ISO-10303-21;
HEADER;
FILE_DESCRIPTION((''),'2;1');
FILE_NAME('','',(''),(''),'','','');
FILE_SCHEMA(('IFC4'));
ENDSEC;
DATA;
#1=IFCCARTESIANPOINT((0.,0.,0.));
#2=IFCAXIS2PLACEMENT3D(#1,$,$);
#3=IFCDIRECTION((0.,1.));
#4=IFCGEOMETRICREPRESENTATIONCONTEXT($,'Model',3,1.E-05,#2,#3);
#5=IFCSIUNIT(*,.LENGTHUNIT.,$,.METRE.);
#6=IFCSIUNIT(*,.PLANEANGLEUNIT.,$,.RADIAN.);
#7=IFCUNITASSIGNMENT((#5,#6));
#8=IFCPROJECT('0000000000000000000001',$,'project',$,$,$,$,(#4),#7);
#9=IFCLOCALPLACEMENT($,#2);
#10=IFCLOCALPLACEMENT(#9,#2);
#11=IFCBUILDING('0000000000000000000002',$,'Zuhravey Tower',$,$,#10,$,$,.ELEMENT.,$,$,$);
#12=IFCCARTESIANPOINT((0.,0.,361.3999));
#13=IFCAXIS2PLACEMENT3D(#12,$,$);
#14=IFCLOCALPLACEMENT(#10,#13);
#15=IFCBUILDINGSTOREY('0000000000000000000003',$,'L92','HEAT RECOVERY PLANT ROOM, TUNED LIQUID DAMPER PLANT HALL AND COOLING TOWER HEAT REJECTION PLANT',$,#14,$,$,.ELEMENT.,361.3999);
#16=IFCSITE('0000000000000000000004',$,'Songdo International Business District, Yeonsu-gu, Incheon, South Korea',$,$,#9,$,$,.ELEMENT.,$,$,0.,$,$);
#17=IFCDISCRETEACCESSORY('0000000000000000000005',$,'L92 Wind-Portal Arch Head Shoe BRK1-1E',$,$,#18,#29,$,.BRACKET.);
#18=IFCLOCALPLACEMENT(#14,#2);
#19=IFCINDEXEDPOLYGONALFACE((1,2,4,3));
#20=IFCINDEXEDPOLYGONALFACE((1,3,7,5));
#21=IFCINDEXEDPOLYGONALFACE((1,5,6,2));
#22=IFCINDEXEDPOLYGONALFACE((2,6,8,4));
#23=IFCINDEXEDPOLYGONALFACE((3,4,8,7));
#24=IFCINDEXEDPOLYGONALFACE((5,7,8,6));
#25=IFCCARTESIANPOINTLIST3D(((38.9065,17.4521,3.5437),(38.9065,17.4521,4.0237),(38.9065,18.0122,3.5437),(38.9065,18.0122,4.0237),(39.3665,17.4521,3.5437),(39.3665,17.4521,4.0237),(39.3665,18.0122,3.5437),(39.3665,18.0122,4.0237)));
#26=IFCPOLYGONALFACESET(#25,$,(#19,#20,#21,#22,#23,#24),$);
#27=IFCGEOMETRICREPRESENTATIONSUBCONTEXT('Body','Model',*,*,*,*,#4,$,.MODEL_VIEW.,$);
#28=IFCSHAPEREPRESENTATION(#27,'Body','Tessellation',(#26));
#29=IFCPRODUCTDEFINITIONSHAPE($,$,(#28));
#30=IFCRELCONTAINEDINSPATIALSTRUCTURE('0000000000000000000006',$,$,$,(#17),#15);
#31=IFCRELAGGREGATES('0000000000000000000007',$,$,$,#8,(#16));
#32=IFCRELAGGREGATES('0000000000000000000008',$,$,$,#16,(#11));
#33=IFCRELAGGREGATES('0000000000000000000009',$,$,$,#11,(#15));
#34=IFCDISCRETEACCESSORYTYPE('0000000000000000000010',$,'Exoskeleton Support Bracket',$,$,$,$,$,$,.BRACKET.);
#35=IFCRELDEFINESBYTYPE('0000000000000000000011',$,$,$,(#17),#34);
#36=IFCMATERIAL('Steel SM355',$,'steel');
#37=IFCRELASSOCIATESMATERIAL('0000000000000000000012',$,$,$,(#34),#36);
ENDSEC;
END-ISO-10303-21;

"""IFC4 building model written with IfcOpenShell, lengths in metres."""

from ifc_helpers import new_model, si_unit, direction, frame, origin, origin_2d, place, context, subcontext, project, spatial, rectangle, extrude, material, type_object, element, save


model = new_model("IFC4")

# Units and contexts
model_context = context("Model", 3, precision=1e-05, world=origin(), true_north=direction((0.0, 1.0)))
body_context = subcontext(model_context, "Body", "Model", "MODEL_VIEW")
ifc_project = project(units=[si_unit("LENGTHUNIT", "METRE"), si_unit("PLANEANGLEUNIT", "RADIAN")], contexts=[model_context])

# Site, building, storey
site_placement = place(None, origin())
site = spatial("IfcSite", under=ifc_project, at=site_placement, Name="Songdo International Business District, Yeonsu-gu, Incheon, South Korea", CompositionType="ELEMENT", RefElevation=0.0)
building_placement = place(site_placement, origin())
building = spatial("IfcBuilding", under=site, at=building_placement, Name="Zuhravey Tower", CompositionType="ELEMENT")
storey_placement = place(building_placement, frame((0.0, 0.0, 361.3999)))
storey = spatial("IfcBuildingStorey", under=building, at=storey_placement, Name="L92", Description="HEAT RECOVERY PLANT ROOM, TUNED LIQUID DAMPER PLANT HALL AND COOLING TOWER HEAT REJECTION PLANT", CompositionType="ELEMENT", Elevation=361.3999)

# Shared definitions
ifc_material_1 = material(Name="Steel SM355", Category="steel")

# Discrete accessory
discrete_accessory_type = type_object("IfcDiscreteAccessoryType", Name="Exoskeleton Support Bracket", PredefinedType="BRACKET", material=ifc_material_1)
for number, where, z_axis, x_axis, name in (
    (1, (39.1365, 17.7322, 3.5437), (0.0, 0.0, 1.0), (1.0, 0.0, 0.0), "L92 Wind-Portal Arch Head Shoe BRK1-1E"),
):
    element("IfcDiscreteAccessory", number, at=place(storey_placement, frame(where, z_axis=z_axis, x_axis=x_axis)), inside=storey, type_object=discrete_accessory_type, Name=name, PredefinedType="BRACKET", context=body_context, shape_type="SweptSolid", body=[
        extrude(rectangle(XDim=0.46, YDim=0.5601, at=origin_2d()), origin(), (0.0, 0.0, 1.0), 0.48),
    ])

save(model, "model.ifc")
